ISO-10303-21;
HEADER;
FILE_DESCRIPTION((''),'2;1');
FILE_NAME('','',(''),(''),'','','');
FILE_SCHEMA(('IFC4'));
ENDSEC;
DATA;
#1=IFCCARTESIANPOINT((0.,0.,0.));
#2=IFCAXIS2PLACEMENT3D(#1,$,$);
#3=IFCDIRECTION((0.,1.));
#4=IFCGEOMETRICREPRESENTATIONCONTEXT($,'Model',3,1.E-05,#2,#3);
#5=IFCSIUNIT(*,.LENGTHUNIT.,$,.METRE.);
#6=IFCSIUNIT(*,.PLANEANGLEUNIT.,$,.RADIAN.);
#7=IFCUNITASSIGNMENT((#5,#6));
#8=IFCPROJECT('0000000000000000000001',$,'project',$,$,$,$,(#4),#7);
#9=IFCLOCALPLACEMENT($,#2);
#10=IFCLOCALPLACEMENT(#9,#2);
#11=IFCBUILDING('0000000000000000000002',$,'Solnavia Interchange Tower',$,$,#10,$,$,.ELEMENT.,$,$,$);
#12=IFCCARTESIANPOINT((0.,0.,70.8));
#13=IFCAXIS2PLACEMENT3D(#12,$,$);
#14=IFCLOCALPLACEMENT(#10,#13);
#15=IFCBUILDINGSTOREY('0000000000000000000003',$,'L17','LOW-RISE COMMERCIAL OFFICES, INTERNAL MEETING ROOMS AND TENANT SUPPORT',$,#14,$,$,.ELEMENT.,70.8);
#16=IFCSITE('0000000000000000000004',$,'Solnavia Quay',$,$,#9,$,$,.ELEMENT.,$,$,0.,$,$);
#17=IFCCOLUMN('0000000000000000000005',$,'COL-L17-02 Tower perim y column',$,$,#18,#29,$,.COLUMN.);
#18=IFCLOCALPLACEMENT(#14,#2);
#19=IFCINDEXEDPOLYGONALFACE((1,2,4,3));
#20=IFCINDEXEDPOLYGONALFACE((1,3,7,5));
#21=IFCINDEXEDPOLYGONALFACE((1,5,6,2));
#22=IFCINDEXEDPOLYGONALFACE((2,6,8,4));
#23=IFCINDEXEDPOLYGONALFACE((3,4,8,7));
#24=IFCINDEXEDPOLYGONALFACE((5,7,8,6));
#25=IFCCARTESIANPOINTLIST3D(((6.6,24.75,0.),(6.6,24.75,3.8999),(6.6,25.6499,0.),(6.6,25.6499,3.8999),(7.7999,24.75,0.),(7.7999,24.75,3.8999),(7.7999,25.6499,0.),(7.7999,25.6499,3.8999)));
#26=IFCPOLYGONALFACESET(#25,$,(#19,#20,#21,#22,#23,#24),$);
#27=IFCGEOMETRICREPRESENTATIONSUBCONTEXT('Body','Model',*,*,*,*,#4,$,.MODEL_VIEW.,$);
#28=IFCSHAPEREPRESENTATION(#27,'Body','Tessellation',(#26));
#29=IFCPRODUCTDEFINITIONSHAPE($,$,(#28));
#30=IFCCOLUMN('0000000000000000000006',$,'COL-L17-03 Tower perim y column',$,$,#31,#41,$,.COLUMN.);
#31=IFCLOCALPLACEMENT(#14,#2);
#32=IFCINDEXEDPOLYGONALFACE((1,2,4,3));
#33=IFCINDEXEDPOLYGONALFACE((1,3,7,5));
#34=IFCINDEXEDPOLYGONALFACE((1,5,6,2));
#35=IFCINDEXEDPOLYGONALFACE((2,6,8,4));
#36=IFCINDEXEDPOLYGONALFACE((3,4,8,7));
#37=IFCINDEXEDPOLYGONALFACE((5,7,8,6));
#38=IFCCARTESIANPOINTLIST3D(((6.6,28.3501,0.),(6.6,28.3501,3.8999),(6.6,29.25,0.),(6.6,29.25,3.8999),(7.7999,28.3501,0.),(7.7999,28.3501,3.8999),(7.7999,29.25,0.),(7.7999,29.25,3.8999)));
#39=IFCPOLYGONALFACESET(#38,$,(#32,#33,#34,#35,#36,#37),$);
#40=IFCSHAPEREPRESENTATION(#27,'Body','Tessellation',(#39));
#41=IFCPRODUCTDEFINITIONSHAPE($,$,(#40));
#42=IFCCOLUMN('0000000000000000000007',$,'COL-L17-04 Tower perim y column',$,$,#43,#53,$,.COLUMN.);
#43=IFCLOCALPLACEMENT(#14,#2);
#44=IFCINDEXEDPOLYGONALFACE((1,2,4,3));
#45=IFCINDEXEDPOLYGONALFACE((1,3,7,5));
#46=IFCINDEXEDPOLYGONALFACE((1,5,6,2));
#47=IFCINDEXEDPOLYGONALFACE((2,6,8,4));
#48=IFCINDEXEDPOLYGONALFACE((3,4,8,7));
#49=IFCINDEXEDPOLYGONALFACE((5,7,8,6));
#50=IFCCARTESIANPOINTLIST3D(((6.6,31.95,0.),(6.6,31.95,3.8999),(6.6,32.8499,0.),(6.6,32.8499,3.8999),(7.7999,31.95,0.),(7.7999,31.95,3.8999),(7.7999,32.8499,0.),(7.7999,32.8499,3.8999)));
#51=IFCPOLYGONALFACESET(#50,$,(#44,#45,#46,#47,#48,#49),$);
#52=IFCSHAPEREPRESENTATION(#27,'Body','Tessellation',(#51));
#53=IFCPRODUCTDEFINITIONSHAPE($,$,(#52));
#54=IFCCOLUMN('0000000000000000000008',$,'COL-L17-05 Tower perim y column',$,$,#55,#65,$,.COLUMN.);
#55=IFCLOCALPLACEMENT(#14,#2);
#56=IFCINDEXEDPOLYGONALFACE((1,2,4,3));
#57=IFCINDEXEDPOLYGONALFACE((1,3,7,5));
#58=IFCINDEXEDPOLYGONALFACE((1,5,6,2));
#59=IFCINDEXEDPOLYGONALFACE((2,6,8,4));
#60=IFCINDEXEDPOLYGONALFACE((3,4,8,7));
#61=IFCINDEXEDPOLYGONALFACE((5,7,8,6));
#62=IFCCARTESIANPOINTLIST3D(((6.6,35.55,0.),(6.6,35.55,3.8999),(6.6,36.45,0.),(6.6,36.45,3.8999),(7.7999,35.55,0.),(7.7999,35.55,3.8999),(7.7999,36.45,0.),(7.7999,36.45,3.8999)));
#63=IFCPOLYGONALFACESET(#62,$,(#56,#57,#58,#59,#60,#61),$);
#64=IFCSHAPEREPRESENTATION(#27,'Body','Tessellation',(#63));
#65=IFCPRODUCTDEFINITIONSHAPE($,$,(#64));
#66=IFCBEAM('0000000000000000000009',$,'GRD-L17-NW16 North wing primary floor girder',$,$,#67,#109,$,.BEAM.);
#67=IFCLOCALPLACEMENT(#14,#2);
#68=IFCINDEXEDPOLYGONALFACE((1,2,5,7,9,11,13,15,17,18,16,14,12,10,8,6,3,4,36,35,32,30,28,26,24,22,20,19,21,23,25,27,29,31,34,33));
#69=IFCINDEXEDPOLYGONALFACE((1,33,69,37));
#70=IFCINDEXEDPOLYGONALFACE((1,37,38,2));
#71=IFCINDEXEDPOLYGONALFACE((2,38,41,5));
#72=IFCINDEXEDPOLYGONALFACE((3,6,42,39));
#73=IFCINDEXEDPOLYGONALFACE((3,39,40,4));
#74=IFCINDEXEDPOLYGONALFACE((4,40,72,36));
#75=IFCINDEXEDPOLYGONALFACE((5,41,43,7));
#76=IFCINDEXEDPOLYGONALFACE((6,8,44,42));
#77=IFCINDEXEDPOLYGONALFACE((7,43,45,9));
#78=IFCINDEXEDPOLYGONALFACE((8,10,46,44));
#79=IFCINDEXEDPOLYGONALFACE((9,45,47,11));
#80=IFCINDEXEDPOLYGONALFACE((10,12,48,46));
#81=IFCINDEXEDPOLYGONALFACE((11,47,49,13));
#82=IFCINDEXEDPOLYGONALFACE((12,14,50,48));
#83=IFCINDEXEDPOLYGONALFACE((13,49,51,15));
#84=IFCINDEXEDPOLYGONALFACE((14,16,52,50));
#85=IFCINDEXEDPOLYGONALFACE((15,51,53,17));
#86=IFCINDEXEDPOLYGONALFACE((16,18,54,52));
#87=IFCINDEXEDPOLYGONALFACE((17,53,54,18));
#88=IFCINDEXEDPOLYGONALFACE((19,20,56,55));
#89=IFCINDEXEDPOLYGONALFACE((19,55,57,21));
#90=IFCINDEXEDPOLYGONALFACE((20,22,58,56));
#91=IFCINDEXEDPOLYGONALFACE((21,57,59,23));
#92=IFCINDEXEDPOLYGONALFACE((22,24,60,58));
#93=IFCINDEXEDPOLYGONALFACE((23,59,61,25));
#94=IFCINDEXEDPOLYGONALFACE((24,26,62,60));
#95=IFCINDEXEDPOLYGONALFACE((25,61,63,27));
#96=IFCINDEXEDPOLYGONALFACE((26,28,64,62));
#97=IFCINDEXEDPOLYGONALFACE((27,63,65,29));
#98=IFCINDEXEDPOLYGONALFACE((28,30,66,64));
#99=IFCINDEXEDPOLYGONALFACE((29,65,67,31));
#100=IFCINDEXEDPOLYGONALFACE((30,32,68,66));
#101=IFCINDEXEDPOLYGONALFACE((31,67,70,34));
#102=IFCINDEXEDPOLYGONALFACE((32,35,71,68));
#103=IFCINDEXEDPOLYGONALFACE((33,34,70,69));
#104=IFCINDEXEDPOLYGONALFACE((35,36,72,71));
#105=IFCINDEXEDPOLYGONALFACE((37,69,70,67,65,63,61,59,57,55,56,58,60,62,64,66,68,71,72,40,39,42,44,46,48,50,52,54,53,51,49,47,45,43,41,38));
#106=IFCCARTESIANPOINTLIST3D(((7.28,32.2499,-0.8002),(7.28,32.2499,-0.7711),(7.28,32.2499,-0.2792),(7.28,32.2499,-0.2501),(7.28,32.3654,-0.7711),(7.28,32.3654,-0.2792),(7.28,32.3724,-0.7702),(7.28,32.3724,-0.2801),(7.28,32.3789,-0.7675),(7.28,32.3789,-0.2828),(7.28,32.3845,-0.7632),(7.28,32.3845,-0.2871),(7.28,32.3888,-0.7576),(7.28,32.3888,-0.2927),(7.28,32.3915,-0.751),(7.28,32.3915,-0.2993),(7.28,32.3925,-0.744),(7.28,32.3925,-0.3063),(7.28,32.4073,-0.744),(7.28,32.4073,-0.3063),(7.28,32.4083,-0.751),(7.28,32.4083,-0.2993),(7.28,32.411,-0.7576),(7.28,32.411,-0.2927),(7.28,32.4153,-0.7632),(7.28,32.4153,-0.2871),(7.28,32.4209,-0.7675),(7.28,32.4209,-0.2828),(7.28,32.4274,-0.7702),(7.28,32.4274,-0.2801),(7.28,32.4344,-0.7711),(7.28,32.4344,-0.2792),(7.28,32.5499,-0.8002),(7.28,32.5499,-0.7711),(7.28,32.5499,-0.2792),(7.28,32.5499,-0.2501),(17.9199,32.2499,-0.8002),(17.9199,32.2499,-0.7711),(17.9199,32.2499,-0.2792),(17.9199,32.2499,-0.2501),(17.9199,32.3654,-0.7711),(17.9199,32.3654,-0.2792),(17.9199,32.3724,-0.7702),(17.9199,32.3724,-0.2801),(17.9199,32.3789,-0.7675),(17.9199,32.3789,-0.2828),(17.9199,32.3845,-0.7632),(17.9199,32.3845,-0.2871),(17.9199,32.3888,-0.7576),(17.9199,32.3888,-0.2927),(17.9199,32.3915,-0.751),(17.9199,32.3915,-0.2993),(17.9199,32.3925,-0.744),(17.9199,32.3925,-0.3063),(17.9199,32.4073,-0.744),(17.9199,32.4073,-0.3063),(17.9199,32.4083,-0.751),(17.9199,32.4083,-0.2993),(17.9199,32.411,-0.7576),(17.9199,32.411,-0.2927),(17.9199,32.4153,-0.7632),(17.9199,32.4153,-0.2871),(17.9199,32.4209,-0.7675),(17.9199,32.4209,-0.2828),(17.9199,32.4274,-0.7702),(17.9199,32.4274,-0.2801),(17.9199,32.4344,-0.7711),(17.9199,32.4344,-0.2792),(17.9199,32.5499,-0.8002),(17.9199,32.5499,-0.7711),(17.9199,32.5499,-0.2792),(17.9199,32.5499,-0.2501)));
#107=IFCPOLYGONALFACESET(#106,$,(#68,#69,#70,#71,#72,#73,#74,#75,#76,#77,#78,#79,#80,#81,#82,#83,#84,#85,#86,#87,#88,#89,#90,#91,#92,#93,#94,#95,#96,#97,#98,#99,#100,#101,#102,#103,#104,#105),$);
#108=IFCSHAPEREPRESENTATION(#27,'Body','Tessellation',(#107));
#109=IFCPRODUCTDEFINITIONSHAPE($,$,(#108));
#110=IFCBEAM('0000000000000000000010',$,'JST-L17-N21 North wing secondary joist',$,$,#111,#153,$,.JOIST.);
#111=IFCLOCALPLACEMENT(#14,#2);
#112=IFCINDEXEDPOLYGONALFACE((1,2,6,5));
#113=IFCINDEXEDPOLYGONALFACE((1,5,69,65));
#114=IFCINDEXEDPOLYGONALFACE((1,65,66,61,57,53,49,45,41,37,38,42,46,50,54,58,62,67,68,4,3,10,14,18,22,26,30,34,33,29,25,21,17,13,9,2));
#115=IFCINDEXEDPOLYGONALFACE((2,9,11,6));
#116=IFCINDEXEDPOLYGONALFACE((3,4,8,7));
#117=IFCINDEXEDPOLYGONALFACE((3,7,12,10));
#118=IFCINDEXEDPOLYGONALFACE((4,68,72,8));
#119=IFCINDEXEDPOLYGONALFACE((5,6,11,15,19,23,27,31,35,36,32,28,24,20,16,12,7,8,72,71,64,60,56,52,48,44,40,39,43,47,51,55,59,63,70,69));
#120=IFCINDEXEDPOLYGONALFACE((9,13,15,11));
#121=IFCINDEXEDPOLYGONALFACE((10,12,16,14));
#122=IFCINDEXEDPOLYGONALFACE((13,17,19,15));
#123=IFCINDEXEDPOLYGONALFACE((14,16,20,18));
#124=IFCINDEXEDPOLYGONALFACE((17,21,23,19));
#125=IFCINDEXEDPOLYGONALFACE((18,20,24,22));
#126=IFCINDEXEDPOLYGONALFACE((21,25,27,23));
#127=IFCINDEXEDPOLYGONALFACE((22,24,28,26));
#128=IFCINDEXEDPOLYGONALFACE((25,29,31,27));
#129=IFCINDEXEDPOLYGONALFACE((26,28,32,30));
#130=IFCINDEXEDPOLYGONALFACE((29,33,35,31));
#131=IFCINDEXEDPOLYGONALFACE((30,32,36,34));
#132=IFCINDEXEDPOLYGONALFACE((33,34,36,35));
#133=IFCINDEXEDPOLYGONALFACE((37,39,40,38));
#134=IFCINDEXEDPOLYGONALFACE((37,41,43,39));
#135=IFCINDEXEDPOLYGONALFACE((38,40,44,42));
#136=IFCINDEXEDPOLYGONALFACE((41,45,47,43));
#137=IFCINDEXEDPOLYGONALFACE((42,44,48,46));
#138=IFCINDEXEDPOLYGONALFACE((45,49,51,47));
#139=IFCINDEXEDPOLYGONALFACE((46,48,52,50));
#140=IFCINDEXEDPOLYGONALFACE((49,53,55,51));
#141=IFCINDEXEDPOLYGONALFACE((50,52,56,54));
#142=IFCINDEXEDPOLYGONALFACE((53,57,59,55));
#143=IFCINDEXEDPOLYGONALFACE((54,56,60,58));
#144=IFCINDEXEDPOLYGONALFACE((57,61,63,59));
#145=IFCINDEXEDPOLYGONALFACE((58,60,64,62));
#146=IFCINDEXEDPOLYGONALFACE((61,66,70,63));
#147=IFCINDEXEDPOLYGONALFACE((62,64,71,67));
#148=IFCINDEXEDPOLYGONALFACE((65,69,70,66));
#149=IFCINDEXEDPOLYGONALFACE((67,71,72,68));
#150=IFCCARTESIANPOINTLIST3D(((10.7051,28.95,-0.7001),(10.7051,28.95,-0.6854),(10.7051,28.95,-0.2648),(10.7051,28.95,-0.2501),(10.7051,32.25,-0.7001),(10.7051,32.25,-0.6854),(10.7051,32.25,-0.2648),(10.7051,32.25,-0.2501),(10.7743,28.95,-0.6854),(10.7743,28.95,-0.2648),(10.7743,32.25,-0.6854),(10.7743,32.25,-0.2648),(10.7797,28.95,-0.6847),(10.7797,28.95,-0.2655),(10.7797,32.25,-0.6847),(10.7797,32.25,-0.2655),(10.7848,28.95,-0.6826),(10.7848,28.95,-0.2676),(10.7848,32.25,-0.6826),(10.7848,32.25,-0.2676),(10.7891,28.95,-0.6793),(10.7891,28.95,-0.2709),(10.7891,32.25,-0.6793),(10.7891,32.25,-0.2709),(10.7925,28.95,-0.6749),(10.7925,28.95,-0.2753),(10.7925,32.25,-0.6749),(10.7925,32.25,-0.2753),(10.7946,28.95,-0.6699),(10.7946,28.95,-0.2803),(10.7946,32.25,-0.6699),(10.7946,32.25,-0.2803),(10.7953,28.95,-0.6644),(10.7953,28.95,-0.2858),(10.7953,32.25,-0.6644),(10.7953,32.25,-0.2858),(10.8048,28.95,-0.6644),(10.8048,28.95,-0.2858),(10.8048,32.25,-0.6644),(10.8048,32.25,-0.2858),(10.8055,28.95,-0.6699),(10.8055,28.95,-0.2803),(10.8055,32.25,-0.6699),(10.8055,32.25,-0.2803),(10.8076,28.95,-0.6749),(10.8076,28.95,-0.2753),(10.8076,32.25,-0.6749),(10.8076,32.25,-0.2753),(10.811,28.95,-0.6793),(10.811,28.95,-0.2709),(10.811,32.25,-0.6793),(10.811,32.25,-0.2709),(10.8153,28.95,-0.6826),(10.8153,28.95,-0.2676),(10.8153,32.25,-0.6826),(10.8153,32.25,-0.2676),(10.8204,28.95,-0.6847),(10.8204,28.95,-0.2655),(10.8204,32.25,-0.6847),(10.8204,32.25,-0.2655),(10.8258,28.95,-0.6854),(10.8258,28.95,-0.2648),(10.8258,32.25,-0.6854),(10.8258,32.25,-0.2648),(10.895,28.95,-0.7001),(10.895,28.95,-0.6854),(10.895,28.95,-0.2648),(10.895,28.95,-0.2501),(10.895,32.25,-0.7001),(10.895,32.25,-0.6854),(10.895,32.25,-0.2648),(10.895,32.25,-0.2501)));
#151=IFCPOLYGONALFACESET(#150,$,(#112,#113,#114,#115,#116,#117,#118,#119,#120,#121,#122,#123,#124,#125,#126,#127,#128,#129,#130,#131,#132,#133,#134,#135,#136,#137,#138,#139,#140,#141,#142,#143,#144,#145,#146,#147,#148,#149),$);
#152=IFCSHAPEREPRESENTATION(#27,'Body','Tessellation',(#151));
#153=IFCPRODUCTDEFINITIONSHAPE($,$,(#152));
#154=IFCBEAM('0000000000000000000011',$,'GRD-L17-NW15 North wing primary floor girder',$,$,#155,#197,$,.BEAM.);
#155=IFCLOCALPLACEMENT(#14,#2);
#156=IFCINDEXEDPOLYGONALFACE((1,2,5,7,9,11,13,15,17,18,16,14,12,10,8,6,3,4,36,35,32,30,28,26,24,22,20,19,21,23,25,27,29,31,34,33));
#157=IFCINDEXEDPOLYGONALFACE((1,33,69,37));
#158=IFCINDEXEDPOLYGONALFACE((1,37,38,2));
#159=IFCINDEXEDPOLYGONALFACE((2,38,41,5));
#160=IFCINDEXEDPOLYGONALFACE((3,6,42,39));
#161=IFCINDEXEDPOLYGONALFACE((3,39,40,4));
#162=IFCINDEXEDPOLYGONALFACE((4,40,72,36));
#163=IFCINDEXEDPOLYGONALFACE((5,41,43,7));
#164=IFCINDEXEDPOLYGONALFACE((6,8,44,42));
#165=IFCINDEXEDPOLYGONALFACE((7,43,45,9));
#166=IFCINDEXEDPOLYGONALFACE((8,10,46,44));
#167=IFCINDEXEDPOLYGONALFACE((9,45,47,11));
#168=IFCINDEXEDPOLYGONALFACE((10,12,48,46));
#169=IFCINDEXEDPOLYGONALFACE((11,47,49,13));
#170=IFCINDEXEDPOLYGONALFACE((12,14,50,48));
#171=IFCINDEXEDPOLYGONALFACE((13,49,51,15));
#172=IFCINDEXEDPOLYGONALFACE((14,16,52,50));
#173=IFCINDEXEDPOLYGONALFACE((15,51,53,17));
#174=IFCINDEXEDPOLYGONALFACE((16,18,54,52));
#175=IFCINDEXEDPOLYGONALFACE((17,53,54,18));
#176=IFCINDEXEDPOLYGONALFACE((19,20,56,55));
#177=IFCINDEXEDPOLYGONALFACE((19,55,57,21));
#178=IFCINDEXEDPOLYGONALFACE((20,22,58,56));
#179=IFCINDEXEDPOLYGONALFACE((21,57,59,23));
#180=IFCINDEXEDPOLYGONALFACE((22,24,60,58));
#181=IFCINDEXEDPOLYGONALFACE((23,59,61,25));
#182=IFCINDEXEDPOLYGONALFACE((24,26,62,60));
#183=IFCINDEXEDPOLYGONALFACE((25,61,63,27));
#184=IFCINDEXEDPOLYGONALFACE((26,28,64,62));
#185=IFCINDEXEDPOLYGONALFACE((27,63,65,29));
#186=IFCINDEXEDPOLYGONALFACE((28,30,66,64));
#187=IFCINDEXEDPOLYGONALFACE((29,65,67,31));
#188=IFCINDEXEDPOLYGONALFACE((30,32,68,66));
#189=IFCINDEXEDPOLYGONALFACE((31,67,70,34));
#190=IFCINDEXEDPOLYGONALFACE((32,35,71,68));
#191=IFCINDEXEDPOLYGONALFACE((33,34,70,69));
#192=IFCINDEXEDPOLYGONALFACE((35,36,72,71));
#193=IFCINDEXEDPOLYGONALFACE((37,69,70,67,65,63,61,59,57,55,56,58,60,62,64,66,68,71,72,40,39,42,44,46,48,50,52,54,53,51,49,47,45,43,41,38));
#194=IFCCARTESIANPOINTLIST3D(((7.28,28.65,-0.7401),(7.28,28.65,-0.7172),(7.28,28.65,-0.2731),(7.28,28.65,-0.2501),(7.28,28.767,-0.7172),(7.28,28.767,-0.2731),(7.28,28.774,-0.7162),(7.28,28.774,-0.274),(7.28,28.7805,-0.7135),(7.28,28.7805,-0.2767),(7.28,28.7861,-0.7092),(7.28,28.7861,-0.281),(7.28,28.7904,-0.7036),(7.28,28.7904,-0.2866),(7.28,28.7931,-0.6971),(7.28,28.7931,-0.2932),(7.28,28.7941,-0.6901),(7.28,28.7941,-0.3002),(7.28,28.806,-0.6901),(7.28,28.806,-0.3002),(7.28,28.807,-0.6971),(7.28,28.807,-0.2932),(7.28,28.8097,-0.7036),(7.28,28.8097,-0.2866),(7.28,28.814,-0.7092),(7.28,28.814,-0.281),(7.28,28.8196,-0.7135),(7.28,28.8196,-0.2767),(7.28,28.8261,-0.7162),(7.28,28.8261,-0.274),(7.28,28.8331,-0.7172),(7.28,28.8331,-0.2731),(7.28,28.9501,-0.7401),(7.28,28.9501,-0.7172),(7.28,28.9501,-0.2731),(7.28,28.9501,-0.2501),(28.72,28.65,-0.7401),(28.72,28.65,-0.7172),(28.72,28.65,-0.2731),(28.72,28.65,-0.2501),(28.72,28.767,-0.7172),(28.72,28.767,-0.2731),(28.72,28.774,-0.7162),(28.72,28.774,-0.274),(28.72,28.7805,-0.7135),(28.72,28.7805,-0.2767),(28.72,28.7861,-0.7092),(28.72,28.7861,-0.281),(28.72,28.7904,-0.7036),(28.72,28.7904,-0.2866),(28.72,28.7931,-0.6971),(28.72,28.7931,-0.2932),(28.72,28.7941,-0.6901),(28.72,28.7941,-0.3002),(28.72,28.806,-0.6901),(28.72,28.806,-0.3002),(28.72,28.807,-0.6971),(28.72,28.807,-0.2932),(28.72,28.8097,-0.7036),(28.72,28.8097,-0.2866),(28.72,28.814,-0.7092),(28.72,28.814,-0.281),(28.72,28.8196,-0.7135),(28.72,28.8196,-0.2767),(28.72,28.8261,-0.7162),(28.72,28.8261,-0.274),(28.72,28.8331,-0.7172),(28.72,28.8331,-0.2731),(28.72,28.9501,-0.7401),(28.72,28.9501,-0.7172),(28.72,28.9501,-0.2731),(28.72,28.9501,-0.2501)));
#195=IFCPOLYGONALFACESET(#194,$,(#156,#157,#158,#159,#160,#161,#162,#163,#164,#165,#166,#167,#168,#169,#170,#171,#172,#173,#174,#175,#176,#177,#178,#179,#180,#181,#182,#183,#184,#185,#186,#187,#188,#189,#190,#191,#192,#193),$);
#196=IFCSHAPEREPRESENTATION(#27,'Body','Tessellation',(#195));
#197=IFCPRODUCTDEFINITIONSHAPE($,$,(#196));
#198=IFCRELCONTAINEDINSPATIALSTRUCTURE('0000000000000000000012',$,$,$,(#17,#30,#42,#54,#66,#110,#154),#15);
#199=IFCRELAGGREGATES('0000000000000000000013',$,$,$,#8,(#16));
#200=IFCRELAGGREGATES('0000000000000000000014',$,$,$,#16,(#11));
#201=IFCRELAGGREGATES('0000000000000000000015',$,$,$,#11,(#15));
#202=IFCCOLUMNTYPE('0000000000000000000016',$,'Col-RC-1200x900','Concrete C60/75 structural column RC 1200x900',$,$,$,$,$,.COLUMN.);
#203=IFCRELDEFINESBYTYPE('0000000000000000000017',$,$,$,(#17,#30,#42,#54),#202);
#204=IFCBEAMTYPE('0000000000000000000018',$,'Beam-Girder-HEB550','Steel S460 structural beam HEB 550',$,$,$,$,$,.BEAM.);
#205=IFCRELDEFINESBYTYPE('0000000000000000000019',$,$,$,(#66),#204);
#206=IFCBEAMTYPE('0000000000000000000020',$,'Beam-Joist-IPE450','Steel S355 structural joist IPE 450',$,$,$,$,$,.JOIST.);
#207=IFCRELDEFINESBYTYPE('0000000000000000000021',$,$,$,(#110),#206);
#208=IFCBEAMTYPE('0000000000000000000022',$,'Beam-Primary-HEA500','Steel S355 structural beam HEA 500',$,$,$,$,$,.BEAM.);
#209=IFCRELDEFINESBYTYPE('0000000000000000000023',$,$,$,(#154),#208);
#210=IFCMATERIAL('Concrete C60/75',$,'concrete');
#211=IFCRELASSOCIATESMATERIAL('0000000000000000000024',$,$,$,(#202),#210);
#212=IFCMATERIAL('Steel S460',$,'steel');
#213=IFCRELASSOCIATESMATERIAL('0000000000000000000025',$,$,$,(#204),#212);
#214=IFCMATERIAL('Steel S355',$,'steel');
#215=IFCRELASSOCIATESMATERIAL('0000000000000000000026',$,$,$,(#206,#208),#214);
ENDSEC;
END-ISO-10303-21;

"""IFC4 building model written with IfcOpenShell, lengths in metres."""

from ifc_helpers import new_model, si_unit, direction, frame, origin, origin_2d, place, context, subcontext, project, spatial, rectangle, i_section, extrude, material, material_profile, profile_set, type_object, element, save


model = new_model("IFC4")

# Units and contexts
model_context = context("Model", 3, precision=1e-05, world=origin(), true_north=direction((0.0, 1.0)))
body_context = subcontext(model_context, "Body", "Model", "MODEL_VIEW")
ifc_project = project(units=[si_unit("LENGTHUNIT", "METRE"), si_unit("PLANEANGLEUNIT", "RADIAN")], contexts=[model_context])

# Site, building, storey
site_placement = place(None, origin())
site = spatial("IfcSite", under=ifc_project, at=site_placement, Name="Solnavia Quay", CompositionType="ELEMENT", RefElevation=0.0)
building_placement = place(site_placement, origin())
building = spatial("IfcBuilding", under=site, at=building_placement, Name="Solnavia Interchange Tower", CompositionType="ELEMENT")
storey_placement = place(building_placement, frame((0.0, 0.0, 70.8)))
storey = spatial("IfcBuildingStorey", under=building, at=storey_placement, Name="L17", Description="LOW-RISE COMMERCIAL OFFICES, INTERNAL MEETING ROOMS AND TENANT SUPPORT", CompositionType="ELEMENT", Elevation=70.8)

# Columns
ifc_material_1 = material(Name="Concrete C60/75", Category="concrete")
ifc_material_profile_1 = material_profile(ifc_material_1, rectangle(XDim=0.8999, YDim=1.2, at=origin_2d()), Name="RC 1200x900")
ifc_profile_set_1 = profile_set([ifc_material_profile_1], Name="Concrete C60/75")
column_type = type_object("IfcColumnType", Name="Col-RC-1200x900", Description="Concrete C60/75 structural column RC 1200x900", PredefinedType="COLUMN", material=ifc_profile_set_1)
for number, where, z_axis, x_axis, name in (
    (1, (7.2, 25.2, 0.0), (0.0, 0.0, 1.0), (0.0, 1.0, 0.0), "COL-L17-02 Tower perim y column"),
    (2, (7.2, 28.8, 0.0), (0.0, 0.0, 1.0), (0.0, 1.0, 0.0), "COL-L17-03 Tower perim y column"),
    (3, (7.2, 32.3999, 0.0), (0.0, 0.0, 1.0), (0.0, 1.0, 0.0), "COL-L17-04 Tower perim y column"),
    (4, (7.2, 36.0, 0.0), (0.0, 0.0, 1.0), (0.0, 1.0, 0.0), "COL-L17-05 Tower perim y column"),
):
    element("IfcColumn", number, at=place(storey_placement, frame(where, z_axis=z_axis, x_axis=x_axis)), inside=storey, type_object=column_type, Name=name, PredefinedType="COLUMN", context=body_context, shape_type="SweptSolid", body=[
        extrude(rectangle(XDim=0.8999, YDim=1.2, at=origin_2d()), origin(), (0.0, 0.0, 1.0), 3.8999),
    ])

# Beams
ifc_material_2 = material(Name="Steel S460", Category="steel")
ifc_material_profile_2 = material_profile(ifc_material_2, i_section(OverallWidth=0.3, OverallDepth=0.55, WebThickness=0.0149, FlangeThickness=0.0291, FilletRadius=0.0271, at=origin_2d()), Name="HEB 550")
ifc_profile_set_2 = profile_set([ifc_material_profile_2], Name="Steel S460")
beam_type_1 = type_object("IfcBeamType", Name="Beam-Girder-HEB550", Description="Steel S460 structural beam HEB 550", PredefinedType="BEAM", material=ifc_profile_set_2)
beam_1_placement = place(storey_placement, frame((7.28, 32.3999, -0.5251), z_axis=(1.0, 0.0, 0.0), x_axis=(0.0, 1.0, 0.0)))
element("IfcBeam", 5, at=beam_1_placement, inside=storey, type_object=beam_type_1, Name="GRD-L17-NW16 North wing primary floor girder", PredefinedType="BEAM", context=body_context, shape_type="SweptSolid", body=[
    extrude(i_section(OverallWidth=0.3, OverallDepth=0.55, WebThickness=0.0149, FlangeThickness=0.0291, FilletRadius=0.0271, at=origin_2d()), origin(), (0.0, 0.0, 1.0), 10.6399),
])
ifc_material_3 = material(Name="Steel S355", Category="steel")
ifc_material_profile_3 = material_profile(ifc_material_3, i_section(OverallWidth=0.1899, OverallDepth=0.45, WebThickness=0.0095, FlangeThickness=0.0146, FilletRadius=0.021, at=origin_2d()), Name="IPE 450")
ifc_profile_set_3 = profile_set([ifc_material_profile_3], Name="Steel S355")
beam_type_2 = type_object("IfcBeamType", Name="Beam-Joist-IPE450", Description="Steel S355 structural joist IPE 450", PredefinedType="JOIST", material=ifc_profile_set_3)
beam_2_placement = place(storey_placement, frame((10.8, 28.95, -0.4751), z_axis=(0.0, 1.0, 0.0), x_axis=(-1.0, 0.0, 0.0)))
element("IfcBeam", 6, at=beam_2_placement, inside=storey, type_object=beam_type_2, Name="JST-L17-N21 North wing secondary joist", PredefinedType="JOIST", context=body_context, shape_type="SweptSolid", body=[
    extrude(i_section(OverallWidth=0.1899, OverallDepth=0.45, WebThickness=0.0095, FlangeThickness=0.0146, FilletRadius=0.021, at=origin_2d()), origin(), (0.0, 0.0, 1.0), 3.3),
])
ifc_material_profile_4 = material_profile(ifc_material_3, i_section(OverallWidth=0.3, OverallDepth=0.49, WebThickness=0.012, FlangeThickness=0.0229, FilletRadius=0.0271, at=origin_2d()), Name="HEA 500")
ifc_profile_set_4 = profile_set([ifc_material_profile_4], Name="Steel S355")
beam_type_3 = type_object("IfcBeamType", Name="Beam-Primary-HEA500", Description="Steel S355 structural beam HEA 500", PredefinedType="BEAM", material=ifc_profile_set_4)
for number, where, z_axis, x_axis, name in (
    (7, (7.28, 28.8, -0.4951), (1.0, 0.0, 0.0), (0.0, 1.0, 0.0), "GRD-L17-NW15 North wing primary floor girder"),
):
    element("IfcBeam", number, at=place(storey_placement, frame(where, z_axis=z_axis, x_axis=x_axis)), inside=storey, type_object=beam_type_3, Name=name, PredefinedType="BEAM", context=body_context, shape_type="SweptSolid", body=[
        extrude(i_section(OverallWidth=0.3, OverallDepth=0.49, WebThickness=0.012, FlangeThickness=0.0229, FilletRadius=0.0271, at=origin_2d()), origin(), (0.0, 0.0, 1.0), 21.4399),
    ])

save(model, "model.ifc")
